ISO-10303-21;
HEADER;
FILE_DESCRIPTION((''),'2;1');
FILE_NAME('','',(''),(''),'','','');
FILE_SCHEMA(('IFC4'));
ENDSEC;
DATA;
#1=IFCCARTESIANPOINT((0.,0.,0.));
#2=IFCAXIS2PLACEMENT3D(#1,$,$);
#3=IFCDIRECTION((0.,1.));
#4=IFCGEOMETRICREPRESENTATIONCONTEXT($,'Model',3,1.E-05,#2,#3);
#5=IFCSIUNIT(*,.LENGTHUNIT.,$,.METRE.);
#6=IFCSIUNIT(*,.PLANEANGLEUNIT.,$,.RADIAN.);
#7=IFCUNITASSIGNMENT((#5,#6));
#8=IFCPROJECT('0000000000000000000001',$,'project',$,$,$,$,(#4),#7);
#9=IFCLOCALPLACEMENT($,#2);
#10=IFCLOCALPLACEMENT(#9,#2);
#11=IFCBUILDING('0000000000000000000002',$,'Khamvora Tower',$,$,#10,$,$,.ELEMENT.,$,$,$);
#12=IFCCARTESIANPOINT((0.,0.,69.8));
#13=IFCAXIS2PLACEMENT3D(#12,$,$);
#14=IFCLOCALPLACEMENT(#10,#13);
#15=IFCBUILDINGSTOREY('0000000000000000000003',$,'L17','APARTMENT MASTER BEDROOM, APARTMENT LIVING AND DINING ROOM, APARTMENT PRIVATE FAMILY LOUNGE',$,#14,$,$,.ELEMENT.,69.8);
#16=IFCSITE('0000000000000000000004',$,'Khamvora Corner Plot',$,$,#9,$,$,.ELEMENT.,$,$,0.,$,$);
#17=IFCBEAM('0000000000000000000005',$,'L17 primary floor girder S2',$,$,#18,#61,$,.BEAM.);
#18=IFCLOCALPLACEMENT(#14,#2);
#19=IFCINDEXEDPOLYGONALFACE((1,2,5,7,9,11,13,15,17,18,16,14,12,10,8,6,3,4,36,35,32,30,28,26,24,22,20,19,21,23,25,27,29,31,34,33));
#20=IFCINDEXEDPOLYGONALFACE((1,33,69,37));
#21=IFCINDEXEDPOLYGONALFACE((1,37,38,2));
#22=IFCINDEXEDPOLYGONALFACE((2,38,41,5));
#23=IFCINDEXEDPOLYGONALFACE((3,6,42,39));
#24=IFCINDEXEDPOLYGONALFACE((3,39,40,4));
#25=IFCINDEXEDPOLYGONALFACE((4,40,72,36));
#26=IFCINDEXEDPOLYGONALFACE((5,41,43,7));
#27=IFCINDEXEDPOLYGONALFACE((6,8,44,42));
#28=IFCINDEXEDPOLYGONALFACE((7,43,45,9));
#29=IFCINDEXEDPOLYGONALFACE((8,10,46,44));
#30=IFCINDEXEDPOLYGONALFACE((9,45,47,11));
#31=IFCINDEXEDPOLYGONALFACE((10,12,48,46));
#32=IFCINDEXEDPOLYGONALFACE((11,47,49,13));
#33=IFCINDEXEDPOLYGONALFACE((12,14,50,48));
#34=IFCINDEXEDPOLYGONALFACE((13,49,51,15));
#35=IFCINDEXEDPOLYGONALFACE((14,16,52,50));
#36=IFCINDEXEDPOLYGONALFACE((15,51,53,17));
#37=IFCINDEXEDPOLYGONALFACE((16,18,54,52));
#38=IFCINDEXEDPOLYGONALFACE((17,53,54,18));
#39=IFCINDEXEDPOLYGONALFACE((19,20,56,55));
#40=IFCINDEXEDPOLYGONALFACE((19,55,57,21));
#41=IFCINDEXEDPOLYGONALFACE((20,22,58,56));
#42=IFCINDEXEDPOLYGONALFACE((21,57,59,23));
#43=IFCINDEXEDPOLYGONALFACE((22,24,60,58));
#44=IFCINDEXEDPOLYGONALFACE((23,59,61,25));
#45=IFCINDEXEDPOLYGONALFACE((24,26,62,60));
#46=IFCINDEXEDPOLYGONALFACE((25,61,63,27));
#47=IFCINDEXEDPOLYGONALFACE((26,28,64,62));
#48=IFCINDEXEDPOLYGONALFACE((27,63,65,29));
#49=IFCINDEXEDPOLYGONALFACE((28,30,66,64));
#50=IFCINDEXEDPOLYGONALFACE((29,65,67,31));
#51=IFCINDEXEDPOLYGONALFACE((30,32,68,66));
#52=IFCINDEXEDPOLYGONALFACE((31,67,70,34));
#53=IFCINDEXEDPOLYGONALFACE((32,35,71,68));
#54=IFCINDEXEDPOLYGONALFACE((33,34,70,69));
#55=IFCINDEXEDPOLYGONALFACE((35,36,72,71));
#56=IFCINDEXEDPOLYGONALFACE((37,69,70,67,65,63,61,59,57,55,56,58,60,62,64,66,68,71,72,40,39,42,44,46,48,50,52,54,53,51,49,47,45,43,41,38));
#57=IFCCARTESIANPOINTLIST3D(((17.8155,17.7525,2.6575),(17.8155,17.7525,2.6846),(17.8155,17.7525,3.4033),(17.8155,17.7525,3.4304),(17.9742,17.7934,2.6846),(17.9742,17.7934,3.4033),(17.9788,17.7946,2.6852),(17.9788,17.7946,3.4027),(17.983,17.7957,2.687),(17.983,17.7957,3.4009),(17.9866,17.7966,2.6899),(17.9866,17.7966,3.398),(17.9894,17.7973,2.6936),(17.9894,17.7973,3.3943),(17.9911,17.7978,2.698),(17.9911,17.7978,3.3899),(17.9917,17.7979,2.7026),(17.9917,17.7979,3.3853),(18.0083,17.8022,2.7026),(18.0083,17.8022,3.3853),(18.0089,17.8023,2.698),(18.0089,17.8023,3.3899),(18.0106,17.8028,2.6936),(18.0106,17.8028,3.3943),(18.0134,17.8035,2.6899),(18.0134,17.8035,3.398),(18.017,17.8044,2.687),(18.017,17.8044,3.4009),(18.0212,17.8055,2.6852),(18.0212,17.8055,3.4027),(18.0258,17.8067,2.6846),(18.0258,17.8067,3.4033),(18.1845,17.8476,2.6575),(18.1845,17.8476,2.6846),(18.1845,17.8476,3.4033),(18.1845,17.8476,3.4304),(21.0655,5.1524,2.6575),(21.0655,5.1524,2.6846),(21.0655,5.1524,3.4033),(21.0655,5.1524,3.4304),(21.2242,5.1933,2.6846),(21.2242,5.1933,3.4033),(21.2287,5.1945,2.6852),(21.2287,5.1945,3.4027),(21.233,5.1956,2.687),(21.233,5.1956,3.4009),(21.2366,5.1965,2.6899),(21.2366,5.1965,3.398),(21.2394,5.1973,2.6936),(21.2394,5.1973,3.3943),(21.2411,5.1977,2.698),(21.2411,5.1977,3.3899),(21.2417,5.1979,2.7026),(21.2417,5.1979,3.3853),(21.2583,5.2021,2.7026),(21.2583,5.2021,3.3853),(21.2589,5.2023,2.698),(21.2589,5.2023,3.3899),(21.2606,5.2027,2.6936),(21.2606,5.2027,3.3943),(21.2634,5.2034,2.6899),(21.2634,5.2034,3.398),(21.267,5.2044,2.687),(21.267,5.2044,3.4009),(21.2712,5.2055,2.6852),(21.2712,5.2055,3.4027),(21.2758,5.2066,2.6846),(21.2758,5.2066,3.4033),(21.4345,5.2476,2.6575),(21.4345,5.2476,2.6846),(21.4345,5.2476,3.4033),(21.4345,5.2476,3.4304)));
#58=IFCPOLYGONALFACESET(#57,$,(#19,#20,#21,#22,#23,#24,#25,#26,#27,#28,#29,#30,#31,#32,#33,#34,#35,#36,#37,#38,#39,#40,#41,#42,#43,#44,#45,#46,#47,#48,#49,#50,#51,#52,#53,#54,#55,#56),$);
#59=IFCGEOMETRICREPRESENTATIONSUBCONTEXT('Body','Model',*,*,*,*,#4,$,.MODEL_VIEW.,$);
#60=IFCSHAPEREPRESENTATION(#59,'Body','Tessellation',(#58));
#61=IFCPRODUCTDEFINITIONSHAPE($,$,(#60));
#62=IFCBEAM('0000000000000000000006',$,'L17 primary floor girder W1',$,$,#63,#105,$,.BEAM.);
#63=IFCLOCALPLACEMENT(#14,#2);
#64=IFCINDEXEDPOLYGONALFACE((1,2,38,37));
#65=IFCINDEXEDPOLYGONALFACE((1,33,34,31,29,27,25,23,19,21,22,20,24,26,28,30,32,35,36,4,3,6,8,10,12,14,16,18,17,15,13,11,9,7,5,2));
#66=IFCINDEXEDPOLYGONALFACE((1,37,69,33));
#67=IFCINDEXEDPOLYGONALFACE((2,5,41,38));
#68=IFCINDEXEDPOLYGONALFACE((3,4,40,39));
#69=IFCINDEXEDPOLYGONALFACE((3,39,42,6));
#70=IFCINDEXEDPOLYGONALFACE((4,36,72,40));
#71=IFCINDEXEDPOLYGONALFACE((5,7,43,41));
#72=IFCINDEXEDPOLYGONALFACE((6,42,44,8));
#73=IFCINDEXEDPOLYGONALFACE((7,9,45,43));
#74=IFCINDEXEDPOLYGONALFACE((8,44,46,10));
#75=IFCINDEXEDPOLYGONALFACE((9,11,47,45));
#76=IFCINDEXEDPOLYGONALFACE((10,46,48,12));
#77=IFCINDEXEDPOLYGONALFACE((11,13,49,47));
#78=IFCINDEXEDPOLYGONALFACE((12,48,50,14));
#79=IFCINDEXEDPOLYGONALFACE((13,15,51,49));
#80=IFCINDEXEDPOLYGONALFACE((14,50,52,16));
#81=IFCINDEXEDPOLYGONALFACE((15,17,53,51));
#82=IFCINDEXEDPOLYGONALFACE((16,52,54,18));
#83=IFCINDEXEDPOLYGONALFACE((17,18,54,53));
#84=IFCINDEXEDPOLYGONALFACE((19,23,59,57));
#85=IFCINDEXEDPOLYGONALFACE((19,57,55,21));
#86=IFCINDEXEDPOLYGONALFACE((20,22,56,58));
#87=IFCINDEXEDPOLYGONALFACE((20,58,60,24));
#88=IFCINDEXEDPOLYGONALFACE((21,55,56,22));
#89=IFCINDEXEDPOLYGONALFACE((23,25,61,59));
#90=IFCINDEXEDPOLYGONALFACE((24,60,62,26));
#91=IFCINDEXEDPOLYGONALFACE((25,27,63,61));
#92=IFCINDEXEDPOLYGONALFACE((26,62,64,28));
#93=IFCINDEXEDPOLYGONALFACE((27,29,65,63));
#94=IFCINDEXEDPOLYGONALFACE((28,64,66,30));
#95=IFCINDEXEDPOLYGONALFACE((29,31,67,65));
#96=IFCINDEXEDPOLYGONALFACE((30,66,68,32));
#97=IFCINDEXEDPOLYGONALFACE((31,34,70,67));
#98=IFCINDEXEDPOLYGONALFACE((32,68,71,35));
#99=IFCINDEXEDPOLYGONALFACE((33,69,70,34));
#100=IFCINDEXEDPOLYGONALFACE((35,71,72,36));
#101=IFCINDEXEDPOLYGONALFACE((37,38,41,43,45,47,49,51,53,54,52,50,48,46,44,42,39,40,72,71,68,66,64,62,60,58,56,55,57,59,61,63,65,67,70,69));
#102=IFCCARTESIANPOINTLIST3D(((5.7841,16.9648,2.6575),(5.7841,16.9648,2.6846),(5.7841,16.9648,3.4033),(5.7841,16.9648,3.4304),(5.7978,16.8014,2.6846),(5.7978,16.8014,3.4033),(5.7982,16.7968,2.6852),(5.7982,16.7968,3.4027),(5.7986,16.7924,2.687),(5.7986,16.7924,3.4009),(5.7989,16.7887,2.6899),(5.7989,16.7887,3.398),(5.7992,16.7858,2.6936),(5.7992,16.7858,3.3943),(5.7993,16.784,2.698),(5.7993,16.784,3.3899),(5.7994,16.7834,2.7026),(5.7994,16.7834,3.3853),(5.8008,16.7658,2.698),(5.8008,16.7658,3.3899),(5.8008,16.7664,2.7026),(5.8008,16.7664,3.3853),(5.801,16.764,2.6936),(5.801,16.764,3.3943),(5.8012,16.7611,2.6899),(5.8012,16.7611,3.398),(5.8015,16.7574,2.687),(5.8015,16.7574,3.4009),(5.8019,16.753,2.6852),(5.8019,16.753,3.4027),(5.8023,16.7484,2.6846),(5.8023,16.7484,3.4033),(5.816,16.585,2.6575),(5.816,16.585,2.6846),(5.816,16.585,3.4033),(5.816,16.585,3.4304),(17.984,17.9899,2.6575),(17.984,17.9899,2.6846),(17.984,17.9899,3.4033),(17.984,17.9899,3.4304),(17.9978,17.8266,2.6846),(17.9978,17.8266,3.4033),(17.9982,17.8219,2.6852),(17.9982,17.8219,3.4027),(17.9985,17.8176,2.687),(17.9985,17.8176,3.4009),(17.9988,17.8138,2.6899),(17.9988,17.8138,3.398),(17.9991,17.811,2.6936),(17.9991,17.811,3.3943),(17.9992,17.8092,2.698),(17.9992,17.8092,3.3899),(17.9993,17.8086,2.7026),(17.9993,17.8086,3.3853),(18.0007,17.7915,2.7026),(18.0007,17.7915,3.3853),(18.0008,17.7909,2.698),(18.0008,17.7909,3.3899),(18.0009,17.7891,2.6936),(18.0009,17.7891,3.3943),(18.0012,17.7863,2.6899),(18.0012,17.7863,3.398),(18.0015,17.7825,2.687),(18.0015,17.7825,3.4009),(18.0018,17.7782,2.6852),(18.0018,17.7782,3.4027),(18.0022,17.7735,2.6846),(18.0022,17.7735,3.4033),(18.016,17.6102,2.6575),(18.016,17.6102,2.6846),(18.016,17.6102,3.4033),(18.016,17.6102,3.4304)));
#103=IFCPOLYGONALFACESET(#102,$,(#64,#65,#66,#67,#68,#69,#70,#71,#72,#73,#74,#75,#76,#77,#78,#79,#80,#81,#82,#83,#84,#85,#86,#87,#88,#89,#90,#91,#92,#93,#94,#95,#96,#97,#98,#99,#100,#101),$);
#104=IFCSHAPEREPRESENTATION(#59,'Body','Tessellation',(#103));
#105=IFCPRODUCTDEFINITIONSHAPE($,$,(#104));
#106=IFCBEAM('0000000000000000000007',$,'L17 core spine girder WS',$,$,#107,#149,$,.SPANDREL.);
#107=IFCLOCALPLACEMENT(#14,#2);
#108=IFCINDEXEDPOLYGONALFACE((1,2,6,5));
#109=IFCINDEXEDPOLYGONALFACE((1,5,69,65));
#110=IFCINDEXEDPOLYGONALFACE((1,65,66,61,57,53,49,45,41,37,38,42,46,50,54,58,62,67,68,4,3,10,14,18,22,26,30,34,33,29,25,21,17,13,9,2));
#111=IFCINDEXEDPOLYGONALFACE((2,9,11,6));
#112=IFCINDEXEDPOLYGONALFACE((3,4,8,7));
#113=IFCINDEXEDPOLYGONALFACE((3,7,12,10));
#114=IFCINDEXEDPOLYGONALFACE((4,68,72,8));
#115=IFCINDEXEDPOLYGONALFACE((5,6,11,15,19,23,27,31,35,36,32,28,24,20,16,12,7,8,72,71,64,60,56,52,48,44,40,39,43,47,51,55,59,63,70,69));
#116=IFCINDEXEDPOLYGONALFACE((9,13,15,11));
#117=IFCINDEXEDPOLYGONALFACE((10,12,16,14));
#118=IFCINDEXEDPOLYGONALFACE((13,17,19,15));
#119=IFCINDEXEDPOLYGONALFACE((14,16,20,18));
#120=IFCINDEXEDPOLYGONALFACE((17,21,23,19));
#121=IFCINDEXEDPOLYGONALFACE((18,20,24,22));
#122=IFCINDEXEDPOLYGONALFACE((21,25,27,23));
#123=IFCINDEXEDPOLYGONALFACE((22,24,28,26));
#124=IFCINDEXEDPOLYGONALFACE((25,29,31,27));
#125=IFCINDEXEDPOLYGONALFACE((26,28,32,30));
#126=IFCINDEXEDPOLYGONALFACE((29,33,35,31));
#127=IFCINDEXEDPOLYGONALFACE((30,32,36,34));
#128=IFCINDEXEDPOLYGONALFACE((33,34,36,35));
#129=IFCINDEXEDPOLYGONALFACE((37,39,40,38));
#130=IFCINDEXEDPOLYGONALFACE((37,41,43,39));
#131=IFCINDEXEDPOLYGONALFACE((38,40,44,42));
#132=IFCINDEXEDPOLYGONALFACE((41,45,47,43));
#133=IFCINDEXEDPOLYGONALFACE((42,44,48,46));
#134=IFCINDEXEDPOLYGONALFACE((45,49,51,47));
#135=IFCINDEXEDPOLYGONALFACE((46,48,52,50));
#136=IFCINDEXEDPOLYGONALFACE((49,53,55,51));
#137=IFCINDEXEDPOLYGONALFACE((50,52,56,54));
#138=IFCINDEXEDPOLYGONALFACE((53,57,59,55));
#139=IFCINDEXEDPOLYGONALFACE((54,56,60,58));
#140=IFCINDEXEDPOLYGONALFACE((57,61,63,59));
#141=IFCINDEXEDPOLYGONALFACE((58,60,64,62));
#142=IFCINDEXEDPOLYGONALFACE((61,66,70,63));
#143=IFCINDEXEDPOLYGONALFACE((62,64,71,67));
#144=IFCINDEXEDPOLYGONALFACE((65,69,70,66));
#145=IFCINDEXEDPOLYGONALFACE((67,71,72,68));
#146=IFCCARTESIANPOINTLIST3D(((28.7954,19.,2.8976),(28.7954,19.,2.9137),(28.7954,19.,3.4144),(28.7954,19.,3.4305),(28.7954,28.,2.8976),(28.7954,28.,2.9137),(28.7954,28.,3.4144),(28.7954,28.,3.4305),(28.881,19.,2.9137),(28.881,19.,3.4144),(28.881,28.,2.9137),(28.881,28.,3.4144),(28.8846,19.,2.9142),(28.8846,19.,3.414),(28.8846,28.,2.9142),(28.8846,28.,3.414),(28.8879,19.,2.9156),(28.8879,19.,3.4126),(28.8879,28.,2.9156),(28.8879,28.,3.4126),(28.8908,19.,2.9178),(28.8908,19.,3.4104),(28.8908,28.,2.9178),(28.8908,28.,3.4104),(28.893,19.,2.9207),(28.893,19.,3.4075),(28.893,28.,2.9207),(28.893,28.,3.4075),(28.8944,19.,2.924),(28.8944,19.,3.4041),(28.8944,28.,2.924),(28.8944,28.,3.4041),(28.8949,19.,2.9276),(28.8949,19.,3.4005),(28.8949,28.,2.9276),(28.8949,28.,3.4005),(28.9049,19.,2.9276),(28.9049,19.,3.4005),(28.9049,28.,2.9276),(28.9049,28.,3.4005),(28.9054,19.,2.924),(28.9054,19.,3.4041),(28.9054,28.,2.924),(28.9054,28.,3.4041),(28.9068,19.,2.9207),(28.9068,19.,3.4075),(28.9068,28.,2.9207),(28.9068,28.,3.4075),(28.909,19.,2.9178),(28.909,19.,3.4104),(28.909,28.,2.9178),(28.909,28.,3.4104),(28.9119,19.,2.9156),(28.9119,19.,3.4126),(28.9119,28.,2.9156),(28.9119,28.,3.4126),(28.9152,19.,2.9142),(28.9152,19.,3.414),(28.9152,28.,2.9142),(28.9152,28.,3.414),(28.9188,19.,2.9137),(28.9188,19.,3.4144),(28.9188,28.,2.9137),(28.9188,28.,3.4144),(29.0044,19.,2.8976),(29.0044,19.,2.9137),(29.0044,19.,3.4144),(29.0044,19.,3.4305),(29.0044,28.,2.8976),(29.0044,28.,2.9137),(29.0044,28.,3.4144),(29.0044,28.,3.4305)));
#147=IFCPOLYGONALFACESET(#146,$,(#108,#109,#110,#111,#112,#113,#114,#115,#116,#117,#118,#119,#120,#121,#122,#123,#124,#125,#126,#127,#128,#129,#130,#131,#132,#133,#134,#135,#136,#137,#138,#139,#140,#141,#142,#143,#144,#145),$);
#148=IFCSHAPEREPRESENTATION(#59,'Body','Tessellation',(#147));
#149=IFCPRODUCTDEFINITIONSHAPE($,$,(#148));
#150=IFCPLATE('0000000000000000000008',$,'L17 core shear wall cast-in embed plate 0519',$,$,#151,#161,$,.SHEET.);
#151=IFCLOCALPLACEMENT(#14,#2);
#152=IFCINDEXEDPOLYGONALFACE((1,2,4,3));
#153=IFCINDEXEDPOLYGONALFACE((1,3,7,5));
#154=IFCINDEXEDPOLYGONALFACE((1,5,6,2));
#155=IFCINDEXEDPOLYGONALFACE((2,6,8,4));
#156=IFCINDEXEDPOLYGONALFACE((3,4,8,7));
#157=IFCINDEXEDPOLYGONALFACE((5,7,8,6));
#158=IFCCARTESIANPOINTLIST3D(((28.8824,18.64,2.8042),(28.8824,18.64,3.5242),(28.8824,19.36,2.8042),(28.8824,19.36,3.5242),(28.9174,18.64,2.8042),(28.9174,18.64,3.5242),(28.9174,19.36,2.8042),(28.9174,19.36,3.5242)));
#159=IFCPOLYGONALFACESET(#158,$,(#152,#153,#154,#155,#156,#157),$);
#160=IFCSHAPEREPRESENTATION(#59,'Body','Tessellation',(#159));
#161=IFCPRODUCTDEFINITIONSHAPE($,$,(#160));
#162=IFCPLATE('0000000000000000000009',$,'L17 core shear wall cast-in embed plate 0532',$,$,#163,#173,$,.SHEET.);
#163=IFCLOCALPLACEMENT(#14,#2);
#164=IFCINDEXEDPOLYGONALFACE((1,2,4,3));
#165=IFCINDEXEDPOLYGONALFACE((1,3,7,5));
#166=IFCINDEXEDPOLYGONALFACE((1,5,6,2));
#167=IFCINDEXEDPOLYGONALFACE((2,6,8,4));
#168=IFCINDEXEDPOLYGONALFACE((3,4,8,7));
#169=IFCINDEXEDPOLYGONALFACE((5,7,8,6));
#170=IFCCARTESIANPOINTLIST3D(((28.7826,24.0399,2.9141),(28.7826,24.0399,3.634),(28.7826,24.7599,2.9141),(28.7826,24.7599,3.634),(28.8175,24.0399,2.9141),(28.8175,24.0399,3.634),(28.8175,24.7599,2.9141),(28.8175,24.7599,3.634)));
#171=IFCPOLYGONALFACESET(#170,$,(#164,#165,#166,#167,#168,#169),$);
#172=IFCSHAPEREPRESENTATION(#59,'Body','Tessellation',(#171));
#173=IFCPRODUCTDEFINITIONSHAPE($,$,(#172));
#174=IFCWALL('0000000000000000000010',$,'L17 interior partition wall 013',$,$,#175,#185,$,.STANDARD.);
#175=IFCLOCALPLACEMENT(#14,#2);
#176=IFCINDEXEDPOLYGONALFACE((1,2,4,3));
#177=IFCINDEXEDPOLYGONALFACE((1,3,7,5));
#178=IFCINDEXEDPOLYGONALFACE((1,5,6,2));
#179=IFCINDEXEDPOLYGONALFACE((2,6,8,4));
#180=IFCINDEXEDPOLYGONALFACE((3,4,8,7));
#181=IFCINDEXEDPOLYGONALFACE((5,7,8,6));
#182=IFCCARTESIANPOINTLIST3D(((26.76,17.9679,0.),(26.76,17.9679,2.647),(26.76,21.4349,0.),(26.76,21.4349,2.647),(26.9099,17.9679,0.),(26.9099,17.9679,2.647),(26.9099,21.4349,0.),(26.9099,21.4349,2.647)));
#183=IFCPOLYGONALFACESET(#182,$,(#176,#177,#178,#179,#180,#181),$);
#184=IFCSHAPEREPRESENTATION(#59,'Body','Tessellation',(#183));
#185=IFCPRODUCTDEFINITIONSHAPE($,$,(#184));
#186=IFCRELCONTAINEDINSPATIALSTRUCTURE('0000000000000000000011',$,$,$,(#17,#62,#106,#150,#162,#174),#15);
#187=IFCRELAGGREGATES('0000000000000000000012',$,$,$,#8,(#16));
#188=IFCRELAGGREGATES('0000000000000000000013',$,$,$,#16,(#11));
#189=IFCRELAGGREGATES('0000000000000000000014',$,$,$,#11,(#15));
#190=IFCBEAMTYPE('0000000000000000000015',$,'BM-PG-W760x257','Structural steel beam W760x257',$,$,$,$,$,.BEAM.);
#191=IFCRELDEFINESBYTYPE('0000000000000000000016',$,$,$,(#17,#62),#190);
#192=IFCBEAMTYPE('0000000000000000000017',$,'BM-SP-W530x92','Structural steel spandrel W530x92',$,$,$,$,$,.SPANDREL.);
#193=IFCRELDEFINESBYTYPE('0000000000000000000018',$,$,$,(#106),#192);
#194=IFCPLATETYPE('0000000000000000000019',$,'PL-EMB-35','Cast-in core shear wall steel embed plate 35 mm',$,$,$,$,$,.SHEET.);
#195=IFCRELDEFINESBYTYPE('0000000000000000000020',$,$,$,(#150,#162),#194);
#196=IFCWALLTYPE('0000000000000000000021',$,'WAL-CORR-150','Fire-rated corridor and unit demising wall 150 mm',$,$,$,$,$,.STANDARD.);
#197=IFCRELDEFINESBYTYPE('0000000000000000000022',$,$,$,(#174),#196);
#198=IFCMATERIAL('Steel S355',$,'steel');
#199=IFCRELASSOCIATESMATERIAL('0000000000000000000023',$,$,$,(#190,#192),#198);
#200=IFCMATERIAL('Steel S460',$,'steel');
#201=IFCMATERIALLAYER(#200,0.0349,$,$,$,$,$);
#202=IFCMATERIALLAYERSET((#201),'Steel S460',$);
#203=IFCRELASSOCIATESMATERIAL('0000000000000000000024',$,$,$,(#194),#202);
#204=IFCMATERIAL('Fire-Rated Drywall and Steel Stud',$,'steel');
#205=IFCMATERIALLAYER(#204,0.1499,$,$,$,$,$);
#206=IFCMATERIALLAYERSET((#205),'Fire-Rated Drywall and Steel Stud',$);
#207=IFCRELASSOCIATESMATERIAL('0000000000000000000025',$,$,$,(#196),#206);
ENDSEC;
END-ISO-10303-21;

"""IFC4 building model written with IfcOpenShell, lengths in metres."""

from ifc_helpers import new_model, si_unit, direction, frame, frame_2d, origin, origin_2d, place, context, subcontext, project, spatial, rectangle, i_section, extrude, material, layer, layer_set, material_profile, profile_set, type_object, element, save


model = new_model("IFC4")

# Units and contexts
model_context = context("Model", 3, precision=1e-05, world=origin(), true_north=direction((0.0, 1.0)))
body_context = subcontext(model_context, "Body", "Model", "MODEL_VIEW")
ifc_project = project(units=[si_unit("LENGTHUNIT", "METRE"), si_unit("PLANEANGLEUNIT", "RADIAN")], contexts=[model_context])

# Site, building, storey
site_placement = place(None, origin())
site = spatial("IfcSite", under=ifc_project, at=site_placement, Name="Khamvora Corner Plot", CompositionType="ELEMENT", RefElevation=0.0)
building_placement = place(site_placement, origin())
building = spatial("IfcBuilding", under=site, at=building_placement, Name="Khamvora Tower", CompositionType="ELEMENT")
storey_placement = place(building_placement, frame((0.0, 0.0, 69.8)))
storey = spatial("IfcBuildingStorey", under=building, at=storey_placement, Name="L17", Description="APARTMENT MASTER BEDROOM, APARTMENT LIVING AND DINING ROOM, APARTMENT PRIVATE FAMILY LOUNGE", CompositionType="ELEMENT", Elevation=69.8)

# Shared definitions
ifc_material_1 = material(Name="Steel S460", Category="steel")

# Beams
ifc_material_2 = material(Name="Steel S355", Category="steel")
ifc_material_profile_1 = material_profile(ifc_material_2, i_section(OverallWidth=0.3811, OverallDepth=0.7729, WebThickness=0.0171, FlangeThickness=0.0271, FilletRadius=0.0181, at=origin_2d()), Name="W760x257")
ifc_profile_set_1 = profile_set([ifc_material_profile_1], Name="Steel S355")
beam_type_1 = type_object("IfcBeamType", Name="BM-PG-W760x257", Description="Structural steel beam W760x257", PredefinedType="BEAM", material=ifc_profile_set_1)
beam_1_placement = place(storey_placement, frame((18.0, 17.8, 3.0439), z_axis=(0.24976, -0.968308, 0.0), x_axis=(0.968308, 0.24976, 0.0)))
element("IfcBeam", 1, at=beam_1_placement, inside=storey, type_object=beam_type_1, Name="L17 primary floor girder S2", PredefinedType="BEAM", context=body_context, shape_type="SweptSolid", body=[
    extrude(i_section(OverallWidth=0.3811, OverallDepth=0.7729, WebThickness=0.0171, FlangeThickness=0.0271, FilletRadius=0.0181, at=origin_2d()), origin(), (0.0, 0.0, 1.0), 13.0125),
])
beam_2_placement = place(storey_placement, frame((18.0, 17.8, 3.0439), z_axis=(-0.996488, -0.083734, 0.0), x_axis=(0.083734, -0.996488, 0.0)))
element("IfcBeam", 2, at=beam_2_placement, inside=storey, type_object=beam_type_1, Name="L17 primary floor girder W1", PredefinedType="BEAM", context=body_context, shape_type="SweptSolid", body=[
    extrude(i_section(OverallWidth=0.3811, OverallDepth=0.7729, WebThickness=0.0171, FlangeThickness=0.0271, FilletRadius=0.0181, at=origin_2d()), origin(), (0.0, 0.0, 1.0), 12.2429),
])
ifc_material_profile_2 = material_profile(ifc_material_2, i_section(OverallWidth=0.209, OverallDepth=0.533, WebThickness=0.01, FlangeThickness=0.0161, FilletRadius=0.0139, at=origin_2d()), Name="W530x92")
ifc_profile_set_2 = profile_set([ifc_material_profile_2], Name="Steel S355")
beam_type_2 = type_object("IfcBeamType", Name="BM-SP-W530x92", Description="Structural steel spandrel W530x92", PredefinedType="SPANDREL", material=ifc_profile_set_2)
beam_3_placement = place(storey_placement, frame((28.8999, 19.0, 3.1641), z_axis=(0.0, 1.0, 0.0), x_axis=(-1.0, 0.0, 0.0)))
element("IfcBeam", 3, at=beam_3_placement, inside=storey, type_object=beam_type_2, Name="L17 core spine girder WS", PredefinedType="SPANDREL", context=body_context, shape_type="SweptSolid", body=[
    extrude(i_section(OverallWidth=0.209, OverallDepth=0.533, WebThickness=0.01, FlangeThickness=0.0161, FilletRadius=0.0139, at=origin_2d()), origin(), (0.0, 0.0, 1.0), 9.0),
])

# Plates
ifc_layer_1 = layer(ifc_material_1, 0.0349)
ifc_layer_set_1 = layer_set([ifc_layer_1], Name="Steel S460")
plate_type = type_object("IfcPlateType", Name="PL-EMB-35", Description="Cast-in core shear wall steel embed plate 35 mm", PredefinedType="SHEET", material=ifc_layer_set_1)
for number, where, z_axis, x_axis, name in (
    (4, (28.8999, 19.0, 2.8042), (0.0, 0.0, 1.0), (1.0, 0.0, 0.0), "L17 core shear wall cast-in embed plate 0519"),
    (5, (28.8, 24.3999, 2.9141), (0.0, 0.0, 1.0), (1.0, 0.0, 0.0), "L17 core shear wall cast-in embed plate 0532"),
):
    element("IfcPlate", number, at=place(storey_placement, frame(where, z_axis=z_axis, x_axis=x_axis)), inside=storey, type_object=plate_type, Name=name, PredefinedType="SHEET", context=body_context, shape_type="SweptSolid", body=[
        extrude(rectangle(XDim=0.0349, YDim=0.72, at=origin_2d()), origin(), (0.0, 0.0, 1.0), 0.72),
    ])

# Shared definitions
ifc_material_3 = material(Name="Fire-Rated Drywall and Steel Stud", Category="steel")
ifc_layer_2 = layer(ifc_material_3, 0.1499)
ifc_layer_set_2 = layer_set([ifc_layer_2], Name="Fire-Rated Drywall and Steel Stud")
wall_type_1 = type_object("IfcWallType", Name="WAL-CORR-150", Description="Fire-rated corridor and unit demising wall 150 mm", PredefinedType="STANDARD", material=ifc_layer_set_2)

# Wall
wall_1_placement = place(storey_placement, frame((26.835, 17.968, 0.0), z_axis=(0.0, 0.0, 1.0), x_axis=(0.0, 1.0, 0.0)))
element("IfcWall", 6, at=wall_1_placement, inside=storey, type_object=wall_type_1, Name="L17 interior partition wall 013", PredefinedType="STANDARD", context=body_context, shape_type="SweptSolid", body=[
    extrude(rectangle(XDim=3.467, YDim=0.1499, at=frame_2d((1.7334, 0.0))), origin(), (0.0, 0.0, 1.0), 2.647),
])

save(model, "model.ifc")
